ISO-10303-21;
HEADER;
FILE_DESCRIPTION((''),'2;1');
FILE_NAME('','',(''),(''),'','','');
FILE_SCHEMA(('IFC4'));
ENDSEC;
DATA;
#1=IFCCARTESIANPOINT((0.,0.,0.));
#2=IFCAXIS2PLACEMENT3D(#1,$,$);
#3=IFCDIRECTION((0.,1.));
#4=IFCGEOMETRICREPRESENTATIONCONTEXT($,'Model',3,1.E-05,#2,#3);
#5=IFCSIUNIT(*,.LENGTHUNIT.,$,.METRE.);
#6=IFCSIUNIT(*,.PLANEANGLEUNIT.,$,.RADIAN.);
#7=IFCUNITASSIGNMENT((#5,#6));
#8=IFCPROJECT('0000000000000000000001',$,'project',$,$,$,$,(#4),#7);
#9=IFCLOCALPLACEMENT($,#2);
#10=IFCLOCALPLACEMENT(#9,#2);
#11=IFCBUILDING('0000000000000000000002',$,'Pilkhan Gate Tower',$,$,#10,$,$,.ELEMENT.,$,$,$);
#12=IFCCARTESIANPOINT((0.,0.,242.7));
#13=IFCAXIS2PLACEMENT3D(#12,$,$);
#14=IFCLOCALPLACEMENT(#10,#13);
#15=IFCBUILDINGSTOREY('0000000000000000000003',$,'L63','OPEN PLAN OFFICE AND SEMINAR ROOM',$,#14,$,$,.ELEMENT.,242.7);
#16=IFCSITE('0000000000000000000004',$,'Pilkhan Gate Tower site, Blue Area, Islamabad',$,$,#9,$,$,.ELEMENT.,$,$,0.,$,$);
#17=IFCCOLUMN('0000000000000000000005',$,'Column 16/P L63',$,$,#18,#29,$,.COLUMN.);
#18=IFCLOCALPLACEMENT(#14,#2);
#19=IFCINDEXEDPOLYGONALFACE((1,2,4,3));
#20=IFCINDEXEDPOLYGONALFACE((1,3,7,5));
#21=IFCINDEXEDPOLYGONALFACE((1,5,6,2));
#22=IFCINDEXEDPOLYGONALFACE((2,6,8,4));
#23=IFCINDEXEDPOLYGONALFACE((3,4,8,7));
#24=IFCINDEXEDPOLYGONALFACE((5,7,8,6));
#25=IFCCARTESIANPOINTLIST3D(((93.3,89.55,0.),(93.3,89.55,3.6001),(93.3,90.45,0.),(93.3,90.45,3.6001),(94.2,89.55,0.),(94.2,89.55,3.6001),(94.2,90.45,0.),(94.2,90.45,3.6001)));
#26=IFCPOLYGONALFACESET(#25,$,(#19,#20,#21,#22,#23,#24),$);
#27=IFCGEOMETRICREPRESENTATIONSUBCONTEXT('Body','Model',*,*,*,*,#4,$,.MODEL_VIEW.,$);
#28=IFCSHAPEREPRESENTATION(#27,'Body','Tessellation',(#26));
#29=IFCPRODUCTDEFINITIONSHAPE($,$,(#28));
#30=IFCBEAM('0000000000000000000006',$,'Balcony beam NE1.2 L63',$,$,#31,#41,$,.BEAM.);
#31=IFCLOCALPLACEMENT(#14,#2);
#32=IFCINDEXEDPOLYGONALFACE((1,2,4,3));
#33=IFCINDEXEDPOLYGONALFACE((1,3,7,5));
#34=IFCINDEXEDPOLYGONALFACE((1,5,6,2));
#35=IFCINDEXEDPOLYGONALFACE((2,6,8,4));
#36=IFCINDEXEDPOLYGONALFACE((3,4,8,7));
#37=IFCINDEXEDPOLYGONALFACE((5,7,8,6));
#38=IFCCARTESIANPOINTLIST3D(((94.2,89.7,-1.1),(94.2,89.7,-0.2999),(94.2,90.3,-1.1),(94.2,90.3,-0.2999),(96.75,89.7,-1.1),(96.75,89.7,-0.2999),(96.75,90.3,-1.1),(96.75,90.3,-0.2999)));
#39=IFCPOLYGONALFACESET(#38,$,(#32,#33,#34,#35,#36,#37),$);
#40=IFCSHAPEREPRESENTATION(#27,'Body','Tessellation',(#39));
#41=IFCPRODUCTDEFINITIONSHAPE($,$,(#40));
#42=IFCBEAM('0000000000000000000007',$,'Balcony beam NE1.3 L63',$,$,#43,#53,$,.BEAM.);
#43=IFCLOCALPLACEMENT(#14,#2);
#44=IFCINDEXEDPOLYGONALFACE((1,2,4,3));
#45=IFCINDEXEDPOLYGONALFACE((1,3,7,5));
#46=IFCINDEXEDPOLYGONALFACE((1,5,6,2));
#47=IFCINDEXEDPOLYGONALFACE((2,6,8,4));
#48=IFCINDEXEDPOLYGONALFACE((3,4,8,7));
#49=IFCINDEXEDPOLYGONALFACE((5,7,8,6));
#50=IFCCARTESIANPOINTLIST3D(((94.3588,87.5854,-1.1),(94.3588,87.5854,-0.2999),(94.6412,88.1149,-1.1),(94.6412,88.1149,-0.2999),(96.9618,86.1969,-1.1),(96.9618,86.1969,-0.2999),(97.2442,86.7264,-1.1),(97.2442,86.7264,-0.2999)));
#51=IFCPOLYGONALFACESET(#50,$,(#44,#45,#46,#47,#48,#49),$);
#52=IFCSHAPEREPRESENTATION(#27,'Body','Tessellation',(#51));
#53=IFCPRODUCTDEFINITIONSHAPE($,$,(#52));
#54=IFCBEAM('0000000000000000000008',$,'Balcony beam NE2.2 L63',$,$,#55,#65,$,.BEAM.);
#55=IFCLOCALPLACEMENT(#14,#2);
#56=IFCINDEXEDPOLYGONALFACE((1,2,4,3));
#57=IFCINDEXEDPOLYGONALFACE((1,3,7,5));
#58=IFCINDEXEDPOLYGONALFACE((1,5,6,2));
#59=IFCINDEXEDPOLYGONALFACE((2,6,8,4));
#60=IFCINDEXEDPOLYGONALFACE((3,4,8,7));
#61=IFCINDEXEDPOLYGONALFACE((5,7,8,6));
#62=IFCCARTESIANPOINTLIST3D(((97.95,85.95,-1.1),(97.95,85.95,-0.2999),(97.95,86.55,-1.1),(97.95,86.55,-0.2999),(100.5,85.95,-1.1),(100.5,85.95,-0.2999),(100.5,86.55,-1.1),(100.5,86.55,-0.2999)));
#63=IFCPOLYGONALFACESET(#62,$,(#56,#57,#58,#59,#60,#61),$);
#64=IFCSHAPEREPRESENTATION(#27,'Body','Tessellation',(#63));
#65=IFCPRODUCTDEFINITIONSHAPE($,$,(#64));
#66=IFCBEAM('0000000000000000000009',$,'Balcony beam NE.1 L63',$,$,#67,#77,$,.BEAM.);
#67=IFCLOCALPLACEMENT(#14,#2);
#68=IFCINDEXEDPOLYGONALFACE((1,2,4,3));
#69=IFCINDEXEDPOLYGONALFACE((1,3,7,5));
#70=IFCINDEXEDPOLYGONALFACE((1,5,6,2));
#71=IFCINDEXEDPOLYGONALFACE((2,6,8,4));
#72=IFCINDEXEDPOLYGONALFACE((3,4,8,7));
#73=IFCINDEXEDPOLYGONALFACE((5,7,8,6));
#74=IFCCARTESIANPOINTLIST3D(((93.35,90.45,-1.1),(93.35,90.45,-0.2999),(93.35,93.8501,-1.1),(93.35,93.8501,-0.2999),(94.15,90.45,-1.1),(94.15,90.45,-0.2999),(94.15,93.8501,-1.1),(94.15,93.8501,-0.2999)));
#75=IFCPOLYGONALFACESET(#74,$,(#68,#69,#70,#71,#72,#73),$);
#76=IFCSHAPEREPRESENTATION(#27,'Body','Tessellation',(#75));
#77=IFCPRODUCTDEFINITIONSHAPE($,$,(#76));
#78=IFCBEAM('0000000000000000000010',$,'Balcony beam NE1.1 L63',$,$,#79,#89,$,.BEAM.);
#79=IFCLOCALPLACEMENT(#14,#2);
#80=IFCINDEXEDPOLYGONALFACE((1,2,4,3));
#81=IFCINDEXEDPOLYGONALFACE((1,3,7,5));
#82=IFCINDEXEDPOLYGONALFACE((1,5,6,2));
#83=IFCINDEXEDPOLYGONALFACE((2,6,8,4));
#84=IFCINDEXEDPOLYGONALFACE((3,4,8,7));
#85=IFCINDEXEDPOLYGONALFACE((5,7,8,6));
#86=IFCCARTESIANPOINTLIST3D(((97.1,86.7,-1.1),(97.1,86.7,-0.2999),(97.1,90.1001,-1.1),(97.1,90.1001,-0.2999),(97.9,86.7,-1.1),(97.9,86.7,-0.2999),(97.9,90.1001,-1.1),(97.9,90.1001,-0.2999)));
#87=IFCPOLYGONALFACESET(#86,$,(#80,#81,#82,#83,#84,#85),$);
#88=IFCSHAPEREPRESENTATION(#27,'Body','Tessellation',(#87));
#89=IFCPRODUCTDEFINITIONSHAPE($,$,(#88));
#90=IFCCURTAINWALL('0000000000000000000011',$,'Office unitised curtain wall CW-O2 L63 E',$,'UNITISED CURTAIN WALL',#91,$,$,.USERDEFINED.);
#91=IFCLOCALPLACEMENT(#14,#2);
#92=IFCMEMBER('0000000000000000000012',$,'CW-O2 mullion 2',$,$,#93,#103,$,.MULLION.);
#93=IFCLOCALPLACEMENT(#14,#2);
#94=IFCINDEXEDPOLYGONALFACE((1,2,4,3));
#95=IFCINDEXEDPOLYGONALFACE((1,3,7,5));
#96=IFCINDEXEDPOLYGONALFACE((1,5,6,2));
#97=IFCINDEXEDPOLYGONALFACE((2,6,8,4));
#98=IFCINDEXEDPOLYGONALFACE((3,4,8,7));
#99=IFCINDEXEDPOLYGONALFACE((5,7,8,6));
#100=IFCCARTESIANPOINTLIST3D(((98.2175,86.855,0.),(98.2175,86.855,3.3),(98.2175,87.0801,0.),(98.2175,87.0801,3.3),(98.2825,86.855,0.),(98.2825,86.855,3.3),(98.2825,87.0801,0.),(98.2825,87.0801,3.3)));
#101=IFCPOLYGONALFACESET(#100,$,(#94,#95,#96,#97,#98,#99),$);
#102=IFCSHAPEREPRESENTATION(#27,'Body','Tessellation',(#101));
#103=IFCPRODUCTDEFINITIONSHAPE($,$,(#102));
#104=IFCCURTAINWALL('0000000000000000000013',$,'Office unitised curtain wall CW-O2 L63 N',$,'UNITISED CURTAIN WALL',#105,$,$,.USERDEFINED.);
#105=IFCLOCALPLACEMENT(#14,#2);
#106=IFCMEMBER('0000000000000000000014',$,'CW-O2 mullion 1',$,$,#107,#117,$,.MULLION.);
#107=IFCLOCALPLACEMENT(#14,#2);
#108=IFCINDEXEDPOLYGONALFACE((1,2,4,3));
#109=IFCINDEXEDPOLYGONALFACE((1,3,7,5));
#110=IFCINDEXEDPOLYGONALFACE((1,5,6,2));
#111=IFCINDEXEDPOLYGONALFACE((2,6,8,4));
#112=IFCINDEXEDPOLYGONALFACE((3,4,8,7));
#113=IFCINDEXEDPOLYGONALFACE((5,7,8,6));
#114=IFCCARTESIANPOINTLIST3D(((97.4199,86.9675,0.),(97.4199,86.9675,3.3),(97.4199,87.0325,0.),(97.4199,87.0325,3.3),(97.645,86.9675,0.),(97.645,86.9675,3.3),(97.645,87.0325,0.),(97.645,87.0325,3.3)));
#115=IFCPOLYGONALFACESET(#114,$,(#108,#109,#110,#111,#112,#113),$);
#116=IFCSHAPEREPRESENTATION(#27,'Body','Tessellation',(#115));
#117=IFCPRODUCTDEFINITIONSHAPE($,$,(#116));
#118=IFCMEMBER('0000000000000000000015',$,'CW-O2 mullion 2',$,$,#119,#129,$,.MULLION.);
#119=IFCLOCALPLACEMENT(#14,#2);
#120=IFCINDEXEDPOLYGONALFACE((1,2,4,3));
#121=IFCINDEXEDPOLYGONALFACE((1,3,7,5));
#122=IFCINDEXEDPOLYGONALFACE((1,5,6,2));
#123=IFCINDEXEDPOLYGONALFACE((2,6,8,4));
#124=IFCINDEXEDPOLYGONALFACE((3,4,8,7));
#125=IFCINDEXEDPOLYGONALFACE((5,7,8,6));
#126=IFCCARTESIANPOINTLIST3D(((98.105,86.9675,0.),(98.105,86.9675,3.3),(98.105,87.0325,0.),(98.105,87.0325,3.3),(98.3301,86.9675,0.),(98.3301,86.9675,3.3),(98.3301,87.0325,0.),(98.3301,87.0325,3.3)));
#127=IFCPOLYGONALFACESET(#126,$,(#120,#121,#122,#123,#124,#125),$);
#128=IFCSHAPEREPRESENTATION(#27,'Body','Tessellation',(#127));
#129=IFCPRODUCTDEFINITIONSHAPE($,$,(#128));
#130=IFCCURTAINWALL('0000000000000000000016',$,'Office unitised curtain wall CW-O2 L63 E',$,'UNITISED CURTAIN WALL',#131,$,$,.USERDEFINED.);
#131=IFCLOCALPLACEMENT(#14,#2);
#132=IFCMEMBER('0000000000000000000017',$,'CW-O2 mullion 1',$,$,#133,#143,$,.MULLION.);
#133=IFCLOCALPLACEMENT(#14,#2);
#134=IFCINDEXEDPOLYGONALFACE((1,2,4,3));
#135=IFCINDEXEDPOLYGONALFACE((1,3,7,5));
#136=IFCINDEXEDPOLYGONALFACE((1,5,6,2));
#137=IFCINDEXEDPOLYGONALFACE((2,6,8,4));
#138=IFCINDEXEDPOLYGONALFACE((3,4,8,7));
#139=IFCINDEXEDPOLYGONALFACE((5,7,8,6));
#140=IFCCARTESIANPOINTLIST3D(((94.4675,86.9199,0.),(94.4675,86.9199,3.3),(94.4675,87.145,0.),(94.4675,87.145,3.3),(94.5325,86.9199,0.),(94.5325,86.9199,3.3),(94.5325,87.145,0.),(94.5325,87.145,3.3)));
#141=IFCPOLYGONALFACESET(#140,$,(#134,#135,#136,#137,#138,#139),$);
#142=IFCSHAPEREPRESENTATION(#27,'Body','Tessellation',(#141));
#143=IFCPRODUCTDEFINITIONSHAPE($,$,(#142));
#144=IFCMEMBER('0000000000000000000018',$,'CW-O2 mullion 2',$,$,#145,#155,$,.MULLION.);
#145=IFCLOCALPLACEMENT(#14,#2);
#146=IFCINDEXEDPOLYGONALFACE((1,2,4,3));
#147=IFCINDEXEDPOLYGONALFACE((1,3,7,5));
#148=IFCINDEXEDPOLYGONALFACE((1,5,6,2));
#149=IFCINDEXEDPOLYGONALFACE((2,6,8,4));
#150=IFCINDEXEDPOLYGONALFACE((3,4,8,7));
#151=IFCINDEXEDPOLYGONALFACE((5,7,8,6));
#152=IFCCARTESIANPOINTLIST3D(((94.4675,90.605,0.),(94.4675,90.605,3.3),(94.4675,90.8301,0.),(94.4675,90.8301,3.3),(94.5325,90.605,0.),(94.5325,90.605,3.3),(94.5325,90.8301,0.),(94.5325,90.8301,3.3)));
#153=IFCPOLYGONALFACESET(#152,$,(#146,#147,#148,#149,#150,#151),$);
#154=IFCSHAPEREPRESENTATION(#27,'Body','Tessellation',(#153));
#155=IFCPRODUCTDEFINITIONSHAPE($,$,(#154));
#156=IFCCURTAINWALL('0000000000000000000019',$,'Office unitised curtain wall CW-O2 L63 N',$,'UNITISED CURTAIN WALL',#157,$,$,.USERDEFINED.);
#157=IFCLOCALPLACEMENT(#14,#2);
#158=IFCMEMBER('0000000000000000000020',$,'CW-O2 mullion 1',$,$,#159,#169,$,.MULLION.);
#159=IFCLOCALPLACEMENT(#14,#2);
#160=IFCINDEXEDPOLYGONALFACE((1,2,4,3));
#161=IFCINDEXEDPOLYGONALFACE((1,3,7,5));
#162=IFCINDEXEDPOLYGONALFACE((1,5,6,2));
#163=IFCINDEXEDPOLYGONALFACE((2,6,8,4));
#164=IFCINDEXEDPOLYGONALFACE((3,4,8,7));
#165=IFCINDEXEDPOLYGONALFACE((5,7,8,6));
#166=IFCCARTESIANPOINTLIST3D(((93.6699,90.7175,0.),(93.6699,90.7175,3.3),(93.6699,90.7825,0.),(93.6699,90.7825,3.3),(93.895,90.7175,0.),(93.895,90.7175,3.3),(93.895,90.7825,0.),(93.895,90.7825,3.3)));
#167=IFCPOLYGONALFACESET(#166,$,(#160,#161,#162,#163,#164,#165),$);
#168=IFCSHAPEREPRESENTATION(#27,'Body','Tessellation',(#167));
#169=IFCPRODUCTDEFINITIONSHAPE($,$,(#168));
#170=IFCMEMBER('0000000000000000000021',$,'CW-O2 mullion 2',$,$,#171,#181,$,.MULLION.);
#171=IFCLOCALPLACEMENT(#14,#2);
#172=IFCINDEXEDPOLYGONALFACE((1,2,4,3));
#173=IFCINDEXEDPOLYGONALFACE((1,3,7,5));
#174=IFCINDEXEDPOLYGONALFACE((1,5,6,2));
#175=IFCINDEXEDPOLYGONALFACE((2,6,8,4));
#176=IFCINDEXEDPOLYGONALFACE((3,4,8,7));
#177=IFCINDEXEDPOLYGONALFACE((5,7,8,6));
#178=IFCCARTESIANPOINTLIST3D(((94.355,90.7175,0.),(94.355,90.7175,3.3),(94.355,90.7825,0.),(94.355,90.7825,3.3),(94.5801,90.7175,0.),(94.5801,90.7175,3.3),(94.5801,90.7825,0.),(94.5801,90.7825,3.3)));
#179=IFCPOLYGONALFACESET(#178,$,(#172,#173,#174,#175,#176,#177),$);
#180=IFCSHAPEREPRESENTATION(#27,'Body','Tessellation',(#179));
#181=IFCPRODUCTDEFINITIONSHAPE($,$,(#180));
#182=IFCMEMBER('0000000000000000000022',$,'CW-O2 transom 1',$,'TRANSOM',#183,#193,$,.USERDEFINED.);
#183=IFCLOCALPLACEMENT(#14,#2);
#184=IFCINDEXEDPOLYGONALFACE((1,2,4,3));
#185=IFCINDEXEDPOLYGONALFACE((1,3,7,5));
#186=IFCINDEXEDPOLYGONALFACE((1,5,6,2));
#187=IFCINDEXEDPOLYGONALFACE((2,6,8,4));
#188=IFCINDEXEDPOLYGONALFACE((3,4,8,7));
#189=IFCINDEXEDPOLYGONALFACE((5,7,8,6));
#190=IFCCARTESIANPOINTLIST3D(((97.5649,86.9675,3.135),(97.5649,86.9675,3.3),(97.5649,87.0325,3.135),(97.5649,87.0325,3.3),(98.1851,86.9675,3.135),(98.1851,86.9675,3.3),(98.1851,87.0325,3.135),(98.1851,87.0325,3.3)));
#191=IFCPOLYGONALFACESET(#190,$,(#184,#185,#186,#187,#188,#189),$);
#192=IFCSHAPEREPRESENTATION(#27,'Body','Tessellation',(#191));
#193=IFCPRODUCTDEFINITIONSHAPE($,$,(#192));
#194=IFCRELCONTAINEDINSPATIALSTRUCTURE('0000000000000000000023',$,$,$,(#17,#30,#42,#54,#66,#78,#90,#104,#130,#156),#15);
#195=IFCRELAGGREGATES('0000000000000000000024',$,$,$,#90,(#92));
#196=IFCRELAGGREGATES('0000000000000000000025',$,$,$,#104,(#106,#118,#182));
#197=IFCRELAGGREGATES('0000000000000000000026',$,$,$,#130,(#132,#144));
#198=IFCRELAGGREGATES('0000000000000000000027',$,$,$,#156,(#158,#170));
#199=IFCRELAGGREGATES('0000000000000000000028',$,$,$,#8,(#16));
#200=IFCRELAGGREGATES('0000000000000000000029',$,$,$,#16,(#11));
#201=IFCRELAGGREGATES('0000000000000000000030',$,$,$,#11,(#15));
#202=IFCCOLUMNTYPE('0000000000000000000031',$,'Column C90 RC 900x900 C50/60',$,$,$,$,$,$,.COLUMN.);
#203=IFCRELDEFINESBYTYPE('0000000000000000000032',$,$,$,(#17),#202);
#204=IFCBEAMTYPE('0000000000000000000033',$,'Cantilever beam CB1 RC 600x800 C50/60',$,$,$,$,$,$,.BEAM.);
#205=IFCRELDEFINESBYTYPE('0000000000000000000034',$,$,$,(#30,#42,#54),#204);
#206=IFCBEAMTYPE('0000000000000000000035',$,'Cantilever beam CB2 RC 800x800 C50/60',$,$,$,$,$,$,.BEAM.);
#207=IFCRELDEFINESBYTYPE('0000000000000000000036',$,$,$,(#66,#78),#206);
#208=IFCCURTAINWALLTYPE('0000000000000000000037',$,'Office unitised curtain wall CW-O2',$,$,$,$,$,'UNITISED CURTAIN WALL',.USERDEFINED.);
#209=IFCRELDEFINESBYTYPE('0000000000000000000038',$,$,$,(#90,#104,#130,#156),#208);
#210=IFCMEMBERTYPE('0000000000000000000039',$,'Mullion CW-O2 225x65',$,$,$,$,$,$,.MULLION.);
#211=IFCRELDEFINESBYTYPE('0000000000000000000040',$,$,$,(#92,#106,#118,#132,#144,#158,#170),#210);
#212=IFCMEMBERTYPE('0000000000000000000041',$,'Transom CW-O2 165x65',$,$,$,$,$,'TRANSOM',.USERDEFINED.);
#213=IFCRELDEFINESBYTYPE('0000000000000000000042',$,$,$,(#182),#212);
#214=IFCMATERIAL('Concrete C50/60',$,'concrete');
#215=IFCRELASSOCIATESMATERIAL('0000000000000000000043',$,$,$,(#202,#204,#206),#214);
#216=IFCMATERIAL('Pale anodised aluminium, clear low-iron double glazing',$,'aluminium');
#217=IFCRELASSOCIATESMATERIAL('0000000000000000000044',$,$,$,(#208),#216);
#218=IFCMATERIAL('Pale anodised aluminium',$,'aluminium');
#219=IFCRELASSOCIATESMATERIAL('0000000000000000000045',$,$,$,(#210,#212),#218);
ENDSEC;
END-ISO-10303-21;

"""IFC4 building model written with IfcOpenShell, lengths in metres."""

from ifc_helpers import new_model, si_unit, direction, frame, origin, origin_2d, place, context, subcontext, project, spatial, rectangle, extrude, material, material_profile, profile_set, type_object, element, aggregate, save


model = new_model("IFC4")

# Units and contexts
model_context = context("Model", 3, precision=1e-05, world=origin(), true_north=direction((0.0, 1.0)))
body_context = subcontext(model_context, "Body", "Model", "MODEL_VIEW")
ifc_project = project(units=[si_unit("LENGTHUNIT", "METRE"), si_unit("PLANEANGLEUNIT", "RADIAN")], contexts=[model_context])

# Site, building, storey
site_placement = place(None, origin())
site = spatial("IfcSite", under=ifc_project, at=site_placement, Name="Pilkhan Gate Tower site, Blue Area, Islamabad", CompositionType="ELEMENT", RefElevation=0.0)
building_placement = place(site_placement, origin())
building = spatial("IfcBuilding", under=site, at=building_placement, Name="Pilkhan Gate Tower", CompositionType="ELEMENT")
storey_placement = place(building_placement, frame((0.0, 0.0, 242.7)))
storey = spatial("IfcBuildingStorey", under=building, at=storey_placement, Name="L63", Description="OPEN PLAN OFFICE AND SEMINAR ROOM", CompositionType="ELEMENT", Elevation=242.7)

# Column
ifc_material_1 = material(Name="Concrete C50/60", Category="concrete")
ifc_material_profile_1 = material_profile(ifc_material_1, rectangle(XDim=0.8999, YDim=0.8999, at=origin_2d()), Name="RC 900x900")
ifc_profile_set_1 = profile_set([ifc_material_profile_1], Name="Concrete C50/60")
column_type = type_object("IfcColumnType", Name="Column C90 RC 900x900 C50/60", PredefinedType="COLUMN", material=ifc_profile_set_1)
column_placement = place(storey_placement, frame((93.75, 90.0, 0.0), z_axis=(0.0, 0.0, 1.0), x_axis=(1.0, 0.0, 0.0)))
element("IfcColumn", 1, at=column_placement, inside=storey, type_object=column_type, Name="Column 16/P L63", PredefinedType="COLUMN", context=body_context, shape_type="SweptSolid", body=[
    extrude(rectangle(XDim=0.8999, YDim=0.8999, at=origin_2d()), origin(), (0.0, 0.0, 1.0), 3.6001),
])

# Beams
ifc_material_profile_2 = material_profile(ifc_material_1, rectangle(XDim=0.6001, YDim=0.8, at=origin_2d()), Name="RC 600x800")
ifc_profile_set_2 = profile_set([ifc_material_profile_2], Name="Concrete C50/60")
beam_type_1 = type_object("IfcBeamType", Name="Cantilever beam CB1 RC 600x800 C50/60", PredefinedType="BEAM", material=ifc_profile_set_2)
beam_1_placement = place(storey_placement, frame((94.2, 90.0, -0.7), z_axis=(1.0, 0.0, 0.0), x_axis=(0.0, 1.0, 0.0)))
element("IfcBeam", 2, at=beam_1_placement, inside=storey, type_object=beam_type_1, Name="Balcony beam NE1.2 L63", PredefinedType="BEAM", context=body_context, shape_type="SweptSolid", body=[
    extrude(rectangle(XDim=0.6001, YDim=0.8, at=origin_2d()), origin(), (0.0, 0.0, 1.0), 2.55),
])
beam_2_placement = place(storey_placement, frame((97.103, 86.4617, -0.7), z_axis=(-0.882332, 0.470627, 0.0), x_axis=(-0.470627, -0.882332, 0.0)))
element("IfcBeam", 3, at=beam_2_placement, inside=storey, type_object=beam_type_1, Name="Balcony beam NE1.3 L63", PredefinedType="BEAM", context=body_context, shape_type="SweptSolid", body=[
    extrude(rectangle(XDim=0.6001, YDim=0.8, at=origin_2d()), origin(), (0.0, 0.0, 1.0), 2.9502),
])
beam_3_placement = place(storey_placement, frame((97.95, 86.25, -0.7), z_axis=(1.0, 0.0, 0.0), x_axis=(0.0, 1.0, 0.0)))
element("IfcBeam", 4, at=beam_3_placement, inside=storey, type_object=beam_type_1, Name="Balcony beam NE2.2 L63", PredefinedType="BEAM", context=body_context, shape_type="SweptSolid", body=[
    extrude(rectangle(XDim=0.6001, YDim=0.8, at=origin_2d()), origin(), (0.0, 0.0, 1.0), 2.55),
])
ifc_material_profile_3 = material_profile(ifc_material_1, rectangle(XDim=0.8, YDim=0.8, at=origin_2d()), Name="RC 800x800")
ifc_profile_set_3 = profile_set([ifc_material_profile_3], Name="Concrete C50/60")
beam_type_2 = type_object("IfcBeamType", Name="Cantilever beam CB2 RC 800x800 C50/60", PredefinedType="BEAM", material=ifc_profile_set_3)
for number, where, z_axis, x_axis, name in (
    (5, (93.75, 90.45, -0.7), (0.0, 1.0, 0.0), (-1.0, 0.0, 0.0), "Balcony beam NE.1 L63"),
    (6, (97.5, 86.7, -0.7), (0.0, 1.0, 0.0), (-1.0, 0.0, 0.0), "Balcony beam NE1.1 L63"),
):
    element("IfcBeam", number, at=place(storey_placement, frame(where, z_axis=z_axis, x_axis=x_axis)), inside=storey, type_object=beam_type_2, Name=name, PredefinedType="BEAM", context=body_context, shape_type="SweptSolid", body=[
        extrude(rectangle(XDim=0.8, YDim=0.8, at=origin_2d()), origin(), (0.0, 0.0, 1.0), 3.4001),
    ])

# Curtain wall, member
ifc_material_2 = material(Name="Pale anodised aluminium, clear low-iron double glazing", Category="aluminium")
curtain_wall_type = type_object("IfcCurtainWallType", Name="Office unitised curtain wall CW-O2", ElementType="UNITISED CURTAIN WALL", PredefinedType="USERDEFINED", material=ifc_material_2)
curtain_wall_1_placement = place(storey_placement, origin())
curtain_wall_1 = element("IfcCurtainWall", 7, at=curtain_wall_1_placement, inside=storey, type_object=curtain_wall_type, Name="Office unitised curtain wall CW-O2 L63 E", ObjectType="UNITISED CURTAIN WALL", PredefinedType="USERDEFINED")
ifc_material_3 = material(Name="Pale anodised aluminium", Category="aluminium")
ifc_material_profile_4 = material_profile(ifc_material_3, rectangle(XDim=0.0649, YDim=0.2251, at=origin_2d()), Name="Mullion 225x65")
ifc_profile_set_4 = profile_set([ifc_material_profile_4], Name="Pale anodised aluminium")
member_type_1 = type_object("IfcMemberType", Name="Mullion CW-O2 225x65", PredefinedType="MULLION", material=ifc_profile_set_4)
member_1_placement = place(storey_placement, frame((98.25, 86.9675, 0.0), z_axis=(0.0, 0.0, 1.0), x_axis=(-1.0, 0.0, 0.0)))
member_1 = element("IfcMember", 8, at=member_1_placement, type_object=member_type_1, Name="CW-O2 mullion 2", PredefinedType="MULLION", context=body_context, shape_type="SweptSolid", body=[
    extrude(rectangle(XDim=0.0649, YDim=0.2251, at=origin_2d()), origin(), (0.0, 0.0, 1.0), 3.3),
])
aggregate(curtain_wall_1, [member_1])

# Curtain walls, members
curtain_wall_2_placement = place(storey_placement, origin())
curtain_wall_2 = element("IfcCurtainWall", 9, at=curtain_wall_2_placement, inside=storey, type_object=curtain_wall_type, Name="Office unitised curtain wall CW-O2 L63 N", ObjectType="UNITISED CURTAIN WALL", PredefinedType="USERDEFINED")
member_2_placement = place(storey_placement, frame((97.5325, 87.0, 0.0), z_axis=(0.0, 0.0, 1.0), x_axis=(0.0, 1.0, 0.0)))
member_2 = element("IfcMember", 10, at=member_2_placement, type_object=member_type_1, Name="CW-O2 mullion 1", PredefinedType="MULLION", context=body_context, shape_type="SweptSolid", body=[
    extrude(rectangle(XDim=0.0649, YDim=0.2251, at=origin_2d()), origin(), (0.0, 0.0, 1.0), 3.3),
])
member_3_placement = place(storey_placement, frame((98.2175, 87.0, 0.0), z_axis=(0.0, 0.0, 1.0), x_axis=(0.0, 1.0, 0.0)))
member_3 = element("IfcMember", 11, at=member_3_placement, type_object=member_type_1, Name="CW-O2 mullion 2", PredefinedType="MULLION", context=body_context, shape_type="SweptSolid", body=[
    extrude(rectangle(XDim=0.0649, YDim=0.2251, at=origin_2d()), origin(), (0.0, 0.0, 1.0), 3.3),
])
curtain_wall_3_placement = place(storey_placement, origin())
curtain_wall_3 = element("IfcCurtainWall", 12, at=curtain_wall_3_placement, inside=storey, type_object=curtain_wall_type, Name="Office unitised curtain wall CW-O2 L63 E", ObjectType="UNITISED CURTAIN WALL", PredefinedType="USERDEFINED")
member_4_placement = place(storey_placement, frame((94.5, 87.0325, 0.0), z_axis=(0.0, 0.0, 1.0), x_axis=(-1.0, 0.0, 0.0)))
member_4 = element("IfcMember", 13, at=member_4_placement, type_object=member_type_1, Name="CW-O2 mullion 1", PredefinedType="MULLION", context=body_context, shape_type="SweptSolid", body=[
    extrude(rectangle(XDim=0.0649, YDim=0.2251, at=origin_2d()), origin(), (0.0, 0.0, 1.0), 3.3),
])
member_5_placement = place(storey_placement, frame((94.5, 90.7175, 0.0), z_axis=(0.0, 0.0, 1.0), x_axis=(-1.0, 0.0, 0.0)))
member_5 = element("IfcMember", 14, at=member_5_placement, type_object=member_type_1, Name="CW-O2 mullion 2", PredefinedType="MULLION", context=body_context, shape_type="SweptSolid", body=[
    extrude(rectangle(XDim=0.0649, YDim=0.2251, at=origin_2d()), origin(), (0.0, 0.0, 1.0), 3.3),
])
curtain_wall_4_placement = place(storey_placement, origin())
curtain_wall_4 = element("IfcCurtainWall", 15, at=curtain_wall_4_placement, inside=storey, type_object=curtain_wall_type, Name="Office unitised curtain wall CW-O2 L63 N", ObjectType="UNITISED CURTAIN WALL", PredefinedType="USERDEFINED")
member_6_placement = place(storey_placement, frame((93.7825, 90.75, 0.0), z_axis=(0.0, 0.0, 1.0), x_axis=(0.0, 1.0, 0.0)))
member_6 = element("IfcMember", 16, at=member_6_placement, type_object=member_type_1, Name="CW-O2 mullion 1", PredefinedType="MULLION", context=body_context, shape_type="SweptSolid", body=[
    extrude(rectangle(XDim=0.0649, YDim=0.2251, at=origin_2d()), origin(), (0.0, 0.0, 1.0), 3.3),
])
member_7_placement = place(storey_placement, frame((94.4675, 90.75, 0.0), z_axis=(0.0, 0.0, 1.0), x_axis=(0.0, 1.0, 0.0)))
member_7 = element("IfcMember", 17, at=member_7_placement, type_object=member_type_1, Name="CW-O2 mullion 2", PredefinedType="MULLION", context=body_context, shape_type="SweptSolid", body=[
    extrude(rectangle(XDim=0.0649, YDim=0.2251, at=origin_2d()), origin(), (0.0, 0.0, 1.0), 3.3),
])

# Member
ifc_material_profile_5 = material_profile(ifc_material_3, rectangle(XDim=0.0649, YDim=0.165, at=origin_2d()), Name="Transom 165x65")
ifc_profile_set_5 = profile_set([ifc_material_profile_5], Name="Pale anodised aluminium")
member_type_2 = type_object("IfcMemberType", Name="Transom CW-O2 165x65", ElementType="TRANSOM", PredefinedType="USERDEFINED", material=ifc_profile_set_5)
member_8_placement = place(storey_placement, frame((97.5649, 87.0, 3.2175), z_axis=(1.0, 0.0, 0.0), x_axis=(0.0, 1.0, 0.0)))
member_8 = element("IfcMember", 18, at=member_8_placement, type_object=member_type_2, Name="CW-O2 transom 1", ObjectType="TRANSOM", PredefinedType="USERDEFINED", context=body_context, shape_type="SweptSolid", body=[
    extrude(rectangle(XDim=0.0649, YDim=0.165, at=origin_2d()), origin(), (0.0, 0.0, 1.0), 0.6201),
])

aggregate(curtain_wall_2, [member_2, member_3, member_8])
aggregate(curtain_wall_3, [member_4, member_5])
aggregate(curtain_wall_4, [member_6, member_7])

save(model, "model.ifc")
